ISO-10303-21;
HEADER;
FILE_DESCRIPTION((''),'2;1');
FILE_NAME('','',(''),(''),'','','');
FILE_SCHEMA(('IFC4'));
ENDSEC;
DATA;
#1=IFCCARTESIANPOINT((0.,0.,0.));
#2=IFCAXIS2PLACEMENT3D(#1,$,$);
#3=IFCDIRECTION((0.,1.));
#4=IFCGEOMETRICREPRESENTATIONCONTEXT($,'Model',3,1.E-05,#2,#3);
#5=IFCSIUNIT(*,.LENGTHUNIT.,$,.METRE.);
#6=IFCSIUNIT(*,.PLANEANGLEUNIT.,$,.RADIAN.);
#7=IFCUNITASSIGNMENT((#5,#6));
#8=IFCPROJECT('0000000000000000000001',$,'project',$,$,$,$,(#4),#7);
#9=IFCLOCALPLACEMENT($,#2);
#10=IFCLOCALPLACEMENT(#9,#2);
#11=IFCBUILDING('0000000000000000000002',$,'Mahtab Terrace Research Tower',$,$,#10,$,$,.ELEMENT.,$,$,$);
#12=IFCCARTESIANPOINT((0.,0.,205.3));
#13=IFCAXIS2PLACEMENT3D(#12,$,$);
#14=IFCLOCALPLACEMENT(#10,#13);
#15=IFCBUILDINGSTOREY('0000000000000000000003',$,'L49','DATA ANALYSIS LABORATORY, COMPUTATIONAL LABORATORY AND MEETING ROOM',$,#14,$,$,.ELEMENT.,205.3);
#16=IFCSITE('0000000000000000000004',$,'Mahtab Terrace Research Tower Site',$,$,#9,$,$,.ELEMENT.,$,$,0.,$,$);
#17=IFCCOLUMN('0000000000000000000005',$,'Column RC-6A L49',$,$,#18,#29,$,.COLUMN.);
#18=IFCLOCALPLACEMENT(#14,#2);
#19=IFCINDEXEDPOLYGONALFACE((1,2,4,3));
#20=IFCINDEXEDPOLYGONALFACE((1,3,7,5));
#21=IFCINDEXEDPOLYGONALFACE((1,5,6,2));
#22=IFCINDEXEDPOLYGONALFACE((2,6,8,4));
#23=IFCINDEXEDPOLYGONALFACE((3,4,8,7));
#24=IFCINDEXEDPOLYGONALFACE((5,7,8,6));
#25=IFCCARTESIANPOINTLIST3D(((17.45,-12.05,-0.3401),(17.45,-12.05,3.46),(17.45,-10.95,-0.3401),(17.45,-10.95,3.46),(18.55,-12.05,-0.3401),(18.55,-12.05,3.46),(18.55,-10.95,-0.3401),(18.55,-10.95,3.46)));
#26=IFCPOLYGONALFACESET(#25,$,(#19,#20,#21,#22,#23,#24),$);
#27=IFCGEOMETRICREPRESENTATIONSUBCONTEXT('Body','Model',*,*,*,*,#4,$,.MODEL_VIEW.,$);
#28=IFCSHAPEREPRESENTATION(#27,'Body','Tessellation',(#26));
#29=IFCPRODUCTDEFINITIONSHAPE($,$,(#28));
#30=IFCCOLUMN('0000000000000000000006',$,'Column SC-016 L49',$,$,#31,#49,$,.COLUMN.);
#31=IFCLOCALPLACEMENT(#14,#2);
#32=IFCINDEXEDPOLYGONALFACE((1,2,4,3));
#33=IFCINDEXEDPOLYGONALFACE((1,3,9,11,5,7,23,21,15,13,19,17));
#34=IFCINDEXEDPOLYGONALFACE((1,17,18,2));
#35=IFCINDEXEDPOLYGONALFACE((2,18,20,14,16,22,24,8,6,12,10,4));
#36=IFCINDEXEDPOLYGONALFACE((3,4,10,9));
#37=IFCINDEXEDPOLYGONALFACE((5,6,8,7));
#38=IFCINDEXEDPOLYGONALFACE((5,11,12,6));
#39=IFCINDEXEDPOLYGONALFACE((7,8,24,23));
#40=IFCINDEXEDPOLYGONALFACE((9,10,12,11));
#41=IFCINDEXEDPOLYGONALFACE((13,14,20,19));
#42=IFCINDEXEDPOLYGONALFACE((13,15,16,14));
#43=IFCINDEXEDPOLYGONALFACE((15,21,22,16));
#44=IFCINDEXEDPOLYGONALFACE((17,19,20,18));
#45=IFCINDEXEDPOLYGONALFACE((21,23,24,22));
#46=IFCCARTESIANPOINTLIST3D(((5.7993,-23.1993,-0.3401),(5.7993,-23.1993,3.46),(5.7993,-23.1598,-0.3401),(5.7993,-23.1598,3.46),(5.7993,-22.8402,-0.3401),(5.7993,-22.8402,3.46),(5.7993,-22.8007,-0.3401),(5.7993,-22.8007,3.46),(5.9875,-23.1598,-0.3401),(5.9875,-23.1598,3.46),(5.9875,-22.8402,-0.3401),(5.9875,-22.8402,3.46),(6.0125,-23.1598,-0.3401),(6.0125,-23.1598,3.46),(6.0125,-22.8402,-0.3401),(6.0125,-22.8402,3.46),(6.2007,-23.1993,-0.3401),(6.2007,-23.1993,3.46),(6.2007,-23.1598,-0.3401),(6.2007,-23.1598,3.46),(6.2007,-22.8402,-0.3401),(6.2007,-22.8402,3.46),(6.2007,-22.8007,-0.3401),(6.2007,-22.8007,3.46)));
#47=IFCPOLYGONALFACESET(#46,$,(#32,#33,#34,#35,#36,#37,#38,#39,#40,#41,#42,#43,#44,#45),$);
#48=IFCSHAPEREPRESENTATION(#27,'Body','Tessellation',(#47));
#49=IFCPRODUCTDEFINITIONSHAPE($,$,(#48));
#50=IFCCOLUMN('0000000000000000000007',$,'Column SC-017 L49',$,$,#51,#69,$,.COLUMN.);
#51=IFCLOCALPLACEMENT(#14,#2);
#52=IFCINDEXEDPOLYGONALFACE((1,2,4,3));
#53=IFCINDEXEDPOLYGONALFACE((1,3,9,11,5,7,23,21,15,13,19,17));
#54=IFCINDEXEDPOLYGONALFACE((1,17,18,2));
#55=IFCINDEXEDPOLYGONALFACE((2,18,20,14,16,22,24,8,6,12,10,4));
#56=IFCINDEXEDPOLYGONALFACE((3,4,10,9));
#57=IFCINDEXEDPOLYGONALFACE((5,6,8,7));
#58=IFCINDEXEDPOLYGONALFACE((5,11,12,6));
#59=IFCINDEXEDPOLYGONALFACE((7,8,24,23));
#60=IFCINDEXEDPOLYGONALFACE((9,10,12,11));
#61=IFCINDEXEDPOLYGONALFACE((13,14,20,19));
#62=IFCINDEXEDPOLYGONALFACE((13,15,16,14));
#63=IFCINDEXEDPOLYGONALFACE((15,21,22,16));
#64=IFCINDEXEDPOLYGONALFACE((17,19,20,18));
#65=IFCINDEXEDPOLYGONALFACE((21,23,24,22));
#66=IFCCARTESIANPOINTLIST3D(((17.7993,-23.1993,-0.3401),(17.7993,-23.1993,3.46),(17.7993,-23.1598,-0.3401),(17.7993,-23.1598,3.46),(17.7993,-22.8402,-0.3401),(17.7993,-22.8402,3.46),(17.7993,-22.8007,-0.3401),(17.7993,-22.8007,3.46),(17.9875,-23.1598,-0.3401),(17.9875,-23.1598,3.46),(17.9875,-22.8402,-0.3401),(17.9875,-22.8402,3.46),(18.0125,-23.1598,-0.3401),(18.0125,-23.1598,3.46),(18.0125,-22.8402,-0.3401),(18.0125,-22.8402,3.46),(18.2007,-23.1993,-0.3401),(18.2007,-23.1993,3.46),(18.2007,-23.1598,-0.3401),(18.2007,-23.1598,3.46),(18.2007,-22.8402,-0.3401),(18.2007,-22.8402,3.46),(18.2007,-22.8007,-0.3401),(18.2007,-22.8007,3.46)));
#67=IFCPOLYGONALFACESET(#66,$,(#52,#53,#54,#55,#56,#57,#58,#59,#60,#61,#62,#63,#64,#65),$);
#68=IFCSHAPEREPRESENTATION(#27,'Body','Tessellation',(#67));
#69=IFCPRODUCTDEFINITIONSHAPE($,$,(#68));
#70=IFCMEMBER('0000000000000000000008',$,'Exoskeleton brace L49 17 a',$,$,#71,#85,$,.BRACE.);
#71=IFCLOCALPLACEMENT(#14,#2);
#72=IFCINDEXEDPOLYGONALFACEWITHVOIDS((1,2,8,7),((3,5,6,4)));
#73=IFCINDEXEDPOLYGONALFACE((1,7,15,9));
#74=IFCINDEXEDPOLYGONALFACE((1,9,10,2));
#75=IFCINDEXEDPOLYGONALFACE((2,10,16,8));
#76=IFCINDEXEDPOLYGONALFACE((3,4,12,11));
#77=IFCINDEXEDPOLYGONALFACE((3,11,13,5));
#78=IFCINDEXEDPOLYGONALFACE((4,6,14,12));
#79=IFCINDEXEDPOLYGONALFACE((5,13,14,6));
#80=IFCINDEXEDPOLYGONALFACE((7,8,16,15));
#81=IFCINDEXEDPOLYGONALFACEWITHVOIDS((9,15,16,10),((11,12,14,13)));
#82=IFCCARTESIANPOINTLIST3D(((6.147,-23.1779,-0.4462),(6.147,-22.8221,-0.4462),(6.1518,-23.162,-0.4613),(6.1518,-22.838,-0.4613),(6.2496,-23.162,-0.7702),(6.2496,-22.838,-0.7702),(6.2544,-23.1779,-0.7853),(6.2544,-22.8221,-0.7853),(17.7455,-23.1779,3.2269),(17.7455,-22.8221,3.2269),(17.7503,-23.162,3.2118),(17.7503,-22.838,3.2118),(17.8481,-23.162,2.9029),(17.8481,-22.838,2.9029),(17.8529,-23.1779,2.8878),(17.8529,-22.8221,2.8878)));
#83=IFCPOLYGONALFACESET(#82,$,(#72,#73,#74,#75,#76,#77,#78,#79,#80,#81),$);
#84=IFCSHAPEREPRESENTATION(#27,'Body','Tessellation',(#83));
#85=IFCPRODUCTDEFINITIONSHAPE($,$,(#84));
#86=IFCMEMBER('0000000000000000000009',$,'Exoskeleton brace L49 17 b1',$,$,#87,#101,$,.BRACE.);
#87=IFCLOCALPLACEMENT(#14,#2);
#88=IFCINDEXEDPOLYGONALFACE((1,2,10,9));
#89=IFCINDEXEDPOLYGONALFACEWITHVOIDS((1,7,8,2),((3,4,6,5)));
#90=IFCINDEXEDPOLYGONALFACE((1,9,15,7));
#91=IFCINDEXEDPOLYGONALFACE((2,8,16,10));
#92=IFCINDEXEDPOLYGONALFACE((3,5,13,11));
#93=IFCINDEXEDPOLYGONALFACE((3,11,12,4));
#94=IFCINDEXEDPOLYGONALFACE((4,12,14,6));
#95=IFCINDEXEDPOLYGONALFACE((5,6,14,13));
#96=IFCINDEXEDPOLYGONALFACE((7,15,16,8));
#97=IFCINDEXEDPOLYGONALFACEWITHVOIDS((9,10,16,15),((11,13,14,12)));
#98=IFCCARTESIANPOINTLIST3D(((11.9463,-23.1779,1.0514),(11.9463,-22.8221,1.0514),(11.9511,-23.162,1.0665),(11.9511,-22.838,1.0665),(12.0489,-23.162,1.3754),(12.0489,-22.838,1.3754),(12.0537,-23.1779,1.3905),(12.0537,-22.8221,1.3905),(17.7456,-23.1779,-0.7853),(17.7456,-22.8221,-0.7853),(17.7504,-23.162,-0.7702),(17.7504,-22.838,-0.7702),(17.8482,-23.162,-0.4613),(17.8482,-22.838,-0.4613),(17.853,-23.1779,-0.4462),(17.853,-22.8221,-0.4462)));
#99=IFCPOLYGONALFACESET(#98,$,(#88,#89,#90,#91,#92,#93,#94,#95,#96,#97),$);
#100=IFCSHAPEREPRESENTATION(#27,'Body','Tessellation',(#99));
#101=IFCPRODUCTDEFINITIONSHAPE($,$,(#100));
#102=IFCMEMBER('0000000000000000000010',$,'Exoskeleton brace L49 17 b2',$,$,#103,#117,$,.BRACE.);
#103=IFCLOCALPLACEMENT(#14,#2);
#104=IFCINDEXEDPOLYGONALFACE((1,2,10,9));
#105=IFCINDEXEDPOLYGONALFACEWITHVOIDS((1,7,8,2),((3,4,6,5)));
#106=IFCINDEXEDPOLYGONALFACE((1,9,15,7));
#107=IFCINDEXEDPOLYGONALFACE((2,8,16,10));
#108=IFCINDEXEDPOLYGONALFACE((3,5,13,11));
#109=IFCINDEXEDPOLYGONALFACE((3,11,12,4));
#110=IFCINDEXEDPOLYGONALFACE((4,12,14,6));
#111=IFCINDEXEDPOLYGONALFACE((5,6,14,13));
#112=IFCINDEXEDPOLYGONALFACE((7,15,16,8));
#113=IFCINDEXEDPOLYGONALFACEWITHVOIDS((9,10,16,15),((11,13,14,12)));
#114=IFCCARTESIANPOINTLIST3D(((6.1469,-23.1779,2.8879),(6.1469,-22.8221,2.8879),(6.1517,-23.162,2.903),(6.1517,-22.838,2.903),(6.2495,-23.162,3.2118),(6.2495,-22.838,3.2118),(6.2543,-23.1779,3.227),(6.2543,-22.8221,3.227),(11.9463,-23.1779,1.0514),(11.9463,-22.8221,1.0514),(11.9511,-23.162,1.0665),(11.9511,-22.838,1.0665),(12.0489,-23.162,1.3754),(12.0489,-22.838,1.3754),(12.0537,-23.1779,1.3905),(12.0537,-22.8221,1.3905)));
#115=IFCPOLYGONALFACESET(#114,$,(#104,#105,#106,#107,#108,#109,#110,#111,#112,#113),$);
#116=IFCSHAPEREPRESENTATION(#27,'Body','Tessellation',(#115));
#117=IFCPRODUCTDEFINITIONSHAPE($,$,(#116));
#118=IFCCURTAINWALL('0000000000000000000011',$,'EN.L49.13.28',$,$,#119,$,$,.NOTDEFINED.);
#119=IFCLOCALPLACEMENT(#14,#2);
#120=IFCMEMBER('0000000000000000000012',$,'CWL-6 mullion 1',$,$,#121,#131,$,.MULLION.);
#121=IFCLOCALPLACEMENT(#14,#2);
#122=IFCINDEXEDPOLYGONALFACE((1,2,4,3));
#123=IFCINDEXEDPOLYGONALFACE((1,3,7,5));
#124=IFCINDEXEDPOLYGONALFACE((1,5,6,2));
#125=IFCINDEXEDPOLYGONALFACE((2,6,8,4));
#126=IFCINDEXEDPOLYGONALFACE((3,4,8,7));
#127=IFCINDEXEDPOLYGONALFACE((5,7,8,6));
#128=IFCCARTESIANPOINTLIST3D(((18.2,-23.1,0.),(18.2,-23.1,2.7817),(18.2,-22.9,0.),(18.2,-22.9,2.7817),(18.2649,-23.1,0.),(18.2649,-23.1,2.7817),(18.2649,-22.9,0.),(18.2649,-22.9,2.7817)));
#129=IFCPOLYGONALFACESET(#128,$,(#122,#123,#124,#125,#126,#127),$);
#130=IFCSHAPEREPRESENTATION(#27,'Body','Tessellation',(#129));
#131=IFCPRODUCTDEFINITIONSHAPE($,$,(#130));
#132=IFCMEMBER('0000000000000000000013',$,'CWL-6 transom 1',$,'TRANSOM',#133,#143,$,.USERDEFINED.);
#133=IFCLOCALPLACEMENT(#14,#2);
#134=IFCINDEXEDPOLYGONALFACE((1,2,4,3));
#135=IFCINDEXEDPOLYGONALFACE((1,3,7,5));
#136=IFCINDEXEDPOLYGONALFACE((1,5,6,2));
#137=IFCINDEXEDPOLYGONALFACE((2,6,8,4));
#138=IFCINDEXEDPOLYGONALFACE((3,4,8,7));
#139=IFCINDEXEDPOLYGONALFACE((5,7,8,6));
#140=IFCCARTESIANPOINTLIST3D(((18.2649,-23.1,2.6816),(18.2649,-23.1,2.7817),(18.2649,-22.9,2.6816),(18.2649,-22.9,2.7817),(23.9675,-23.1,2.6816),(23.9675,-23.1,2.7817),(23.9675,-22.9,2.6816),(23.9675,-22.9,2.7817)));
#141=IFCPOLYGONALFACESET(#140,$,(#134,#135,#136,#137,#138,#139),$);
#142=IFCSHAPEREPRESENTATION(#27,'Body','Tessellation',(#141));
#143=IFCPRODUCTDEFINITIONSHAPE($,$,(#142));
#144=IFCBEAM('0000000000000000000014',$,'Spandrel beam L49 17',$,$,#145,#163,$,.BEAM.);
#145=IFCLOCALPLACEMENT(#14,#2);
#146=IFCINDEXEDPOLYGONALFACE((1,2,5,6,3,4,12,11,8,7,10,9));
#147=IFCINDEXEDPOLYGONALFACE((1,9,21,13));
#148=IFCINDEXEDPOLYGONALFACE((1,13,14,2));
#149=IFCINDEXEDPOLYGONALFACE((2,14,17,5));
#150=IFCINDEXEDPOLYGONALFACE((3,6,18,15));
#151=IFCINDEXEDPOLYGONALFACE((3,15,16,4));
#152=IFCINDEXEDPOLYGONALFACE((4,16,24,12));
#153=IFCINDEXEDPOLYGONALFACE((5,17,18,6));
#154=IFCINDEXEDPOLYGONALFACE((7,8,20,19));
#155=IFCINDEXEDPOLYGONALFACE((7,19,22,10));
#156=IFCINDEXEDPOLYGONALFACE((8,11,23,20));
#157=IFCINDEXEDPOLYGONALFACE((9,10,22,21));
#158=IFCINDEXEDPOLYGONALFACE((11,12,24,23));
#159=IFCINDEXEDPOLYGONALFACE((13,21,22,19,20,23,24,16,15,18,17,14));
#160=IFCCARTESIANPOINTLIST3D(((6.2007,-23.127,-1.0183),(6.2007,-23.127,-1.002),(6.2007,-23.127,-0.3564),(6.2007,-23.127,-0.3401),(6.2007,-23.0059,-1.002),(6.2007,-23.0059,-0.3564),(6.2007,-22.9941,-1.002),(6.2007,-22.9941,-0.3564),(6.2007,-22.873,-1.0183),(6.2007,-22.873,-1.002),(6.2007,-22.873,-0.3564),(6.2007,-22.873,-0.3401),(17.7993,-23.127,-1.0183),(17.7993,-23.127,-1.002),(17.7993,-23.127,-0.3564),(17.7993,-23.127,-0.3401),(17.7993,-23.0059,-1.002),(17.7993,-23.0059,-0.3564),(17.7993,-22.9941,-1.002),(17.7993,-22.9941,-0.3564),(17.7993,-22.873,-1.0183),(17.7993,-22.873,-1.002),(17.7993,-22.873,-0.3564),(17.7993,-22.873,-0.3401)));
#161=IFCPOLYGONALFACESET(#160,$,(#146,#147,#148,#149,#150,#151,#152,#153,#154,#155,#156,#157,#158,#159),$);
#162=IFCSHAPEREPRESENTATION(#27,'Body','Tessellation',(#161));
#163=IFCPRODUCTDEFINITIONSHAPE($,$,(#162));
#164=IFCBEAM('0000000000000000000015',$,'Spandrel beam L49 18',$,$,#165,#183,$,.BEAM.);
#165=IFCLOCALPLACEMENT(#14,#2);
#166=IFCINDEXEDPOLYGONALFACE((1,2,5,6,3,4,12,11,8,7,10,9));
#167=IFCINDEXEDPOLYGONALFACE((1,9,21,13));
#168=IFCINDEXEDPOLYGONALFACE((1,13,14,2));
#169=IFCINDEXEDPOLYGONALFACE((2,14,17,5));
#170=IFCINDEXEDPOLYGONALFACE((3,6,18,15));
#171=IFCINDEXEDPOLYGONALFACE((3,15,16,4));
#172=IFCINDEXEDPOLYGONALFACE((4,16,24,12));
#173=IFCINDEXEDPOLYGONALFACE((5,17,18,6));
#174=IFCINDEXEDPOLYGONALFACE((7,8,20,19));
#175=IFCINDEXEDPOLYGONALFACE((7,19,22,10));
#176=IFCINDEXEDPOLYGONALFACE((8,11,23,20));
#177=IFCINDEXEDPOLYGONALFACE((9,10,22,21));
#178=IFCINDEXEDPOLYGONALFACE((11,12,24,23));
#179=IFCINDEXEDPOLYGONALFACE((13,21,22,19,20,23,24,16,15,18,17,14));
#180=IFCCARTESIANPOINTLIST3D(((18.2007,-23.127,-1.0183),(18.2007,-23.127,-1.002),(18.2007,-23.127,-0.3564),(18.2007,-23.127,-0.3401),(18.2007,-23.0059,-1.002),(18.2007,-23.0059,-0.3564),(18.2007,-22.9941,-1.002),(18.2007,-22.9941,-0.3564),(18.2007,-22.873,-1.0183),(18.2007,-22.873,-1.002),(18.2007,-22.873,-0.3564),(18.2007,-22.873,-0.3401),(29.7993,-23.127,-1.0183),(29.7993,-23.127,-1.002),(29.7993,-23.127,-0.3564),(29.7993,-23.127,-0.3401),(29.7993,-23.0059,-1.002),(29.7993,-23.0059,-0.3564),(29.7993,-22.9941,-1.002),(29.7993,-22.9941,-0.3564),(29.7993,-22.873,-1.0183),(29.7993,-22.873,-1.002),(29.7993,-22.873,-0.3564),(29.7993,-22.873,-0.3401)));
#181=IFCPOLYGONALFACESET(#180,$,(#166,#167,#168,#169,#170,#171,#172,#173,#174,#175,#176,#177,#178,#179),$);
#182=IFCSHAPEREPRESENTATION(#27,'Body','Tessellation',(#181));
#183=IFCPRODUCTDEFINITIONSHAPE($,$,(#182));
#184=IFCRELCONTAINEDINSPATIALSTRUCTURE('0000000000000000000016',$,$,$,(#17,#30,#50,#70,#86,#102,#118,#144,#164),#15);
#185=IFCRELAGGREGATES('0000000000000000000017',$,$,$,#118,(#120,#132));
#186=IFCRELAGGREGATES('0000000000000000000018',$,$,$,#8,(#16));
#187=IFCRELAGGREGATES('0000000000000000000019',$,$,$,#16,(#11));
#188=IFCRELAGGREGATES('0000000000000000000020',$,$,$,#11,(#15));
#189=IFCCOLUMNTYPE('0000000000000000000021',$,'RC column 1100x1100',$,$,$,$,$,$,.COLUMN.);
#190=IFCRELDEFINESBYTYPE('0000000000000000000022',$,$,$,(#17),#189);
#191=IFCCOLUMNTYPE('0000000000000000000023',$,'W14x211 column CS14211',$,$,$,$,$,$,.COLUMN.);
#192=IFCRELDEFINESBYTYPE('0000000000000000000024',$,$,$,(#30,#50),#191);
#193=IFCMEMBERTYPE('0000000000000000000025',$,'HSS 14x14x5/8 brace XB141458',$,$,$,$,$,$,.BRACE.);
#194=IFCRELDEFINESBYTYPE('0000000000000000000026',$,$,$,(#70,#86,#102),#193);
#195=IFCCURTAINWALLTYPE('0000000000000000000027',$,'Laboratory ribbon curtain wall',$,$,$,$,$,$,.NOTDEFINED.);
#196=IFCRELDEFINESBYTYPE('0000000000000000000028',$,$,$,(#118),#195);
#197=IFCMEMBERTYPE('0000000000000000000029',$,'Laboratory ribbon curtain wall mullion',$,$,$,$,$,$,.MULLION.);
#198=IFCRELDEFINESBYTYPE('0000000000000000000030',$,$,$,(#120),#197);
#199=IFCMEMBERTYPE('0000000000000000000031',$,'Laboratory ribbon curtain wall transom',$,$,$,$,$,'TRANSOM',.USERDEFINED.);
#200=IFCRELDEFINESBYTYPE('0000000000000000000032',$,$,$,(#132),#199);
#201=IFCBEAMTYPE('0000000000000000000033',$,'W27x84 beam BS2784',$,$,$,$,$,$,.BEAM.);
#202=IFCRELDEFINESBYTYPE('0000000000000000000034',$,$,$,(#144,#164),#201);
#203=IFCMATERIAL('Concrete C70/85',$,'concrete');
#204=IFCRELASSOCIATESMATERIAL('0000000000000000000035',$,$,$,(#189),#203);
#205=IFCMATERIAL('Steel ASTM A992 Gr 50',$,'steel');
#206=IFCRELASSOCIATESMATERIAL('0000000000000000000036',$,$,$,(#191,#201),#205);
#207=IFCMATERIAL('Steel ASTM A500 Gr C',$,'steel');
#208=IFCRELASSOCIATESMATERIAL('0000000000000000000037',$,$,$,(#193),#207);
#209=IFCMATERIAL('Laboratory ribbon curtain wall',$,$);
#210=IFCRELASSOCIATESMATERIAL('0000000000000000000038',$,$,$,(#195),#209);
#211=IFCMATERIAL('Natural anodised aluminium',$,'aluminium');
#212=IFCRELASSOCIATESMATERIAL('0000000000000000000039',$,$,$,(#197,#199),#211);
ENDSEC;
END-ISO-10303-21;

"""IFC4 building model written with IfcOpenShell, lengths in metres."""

from ifc_helpers import new_model, si_unit, direction, frame, origin, origin_2d, place, context, subcontext, project, spatial, rectangle, hollow_rectangle, i_section, extrude, material, material_profile, profile_set, type_object, element, aggregate, save


model = new_model("IFC4")

# Units and contexts
model_context = context("Model", 3, precision=1e-05, world=origin(), true_north=direction((0.0, 1.0)))
body_context = subcontext(model_context, "Body", "Model", "MODEL_VIEW")
ifc_project = project(units=[si_unit("LENGTHUNIT", "METRE"), si_unit("PLANEANGLEUNIT", "RADIAN")], contexts=[model_context])

# Site, building, storey
site_placement = place(None, origin())
site = spatial("IfcSite", under=ifc_project, at=site_placement, Name="Mahtab Terrace Research Tower Site", CompositionType="ELEMENT", RefElevation=0.0)
building_placement = place(site_placement, origin())
building = spatial("IfcBuilding", under=site, at=building_placement, Name="Mahtab Terrace Research Tower", CompositionType="ELEMENT")
storey_placement = place(building_placement, frame((0.0, 0.0, 205.3)))
storey = spatial("IfcBuildingStorey", under=building, at=storey_placement, Name="L49", Description="DATA ANALYSIS LABORATORY, COMPUTATIONAL LABORATORY AND MEETING ROOM", CompositionType="ELEMENT", Elevation=205.3)

# Columns
ifc_material_1 = material(Name="Concrete C70/85", Category="concrete")
ifc_material_profile_1 = material_profile(ifc_material_1, rectangle(XDim=1.1001, YDim=1.1001, at=origin_2d()), Name="RC column 1100x1100")
ifc_profile_set_1 = profile_set([ifc_material_profile_1], Name="Concrete C70/85")
column_type_1 = type_object("IfcColumnType", Name="RC column 1100x1100", PredefinedType="COLUMN", material=ifc_profile_set_1)
column_placement = place(storey_placement, frame((18.0, -11.5, -0.3401), z_axis=(0.0, 0.0, 1.0), x_axis=(1.0, 0.0, 0.0)))
element("IfcColumn", 1, at=column_placement, inside=storey, type_object=column_type_1, Name="Column RC-6A L49", PredefinedType="COLUMN", context=body_context, shape_type="SweptSolid", body=[
    extrude(rectangle(XDim=1.1001, YDim=1.1001, at=origin_2d()), origin(), (0.0, 0.0, 1.0), 3.8),
])
ifc_material_2 = material(Name="Steel ASTM A992 Gr 50", Category="steel")
ifc_material_profile_2 = material_profile(ifc_material_2, i_section(OverallWidth=0.4014, OverallDepth=0.3987, WebThickness=0.0249, FlangeThickness=0.0396, at=origin_2d()), Name="W14X211")
ifc_profile_set_2 = profile_set([ifc_material_profile_2], Name="Steel ASTM A992 Gr 50")
column_type_2 = type_object("IfcColumnType", Name="W14x211 column CS14211", PredefinedType="COLUMN", material=ifc_profile_set_2)
for number, where, z_axis, x_axis, name in (
    (2, (6.0, -23.0, -0.3401), (0.0, 0.0, 1.0), (1.0, 0.0, 0.0), "Column SC-016 L49"),
    (3, (18.0, -23.0, -0.3401), (0.0, 0.0, 1.0), (1.0, 0.0, 0.0), "Column SC-017 L49"),
):
    element("IfcColumn", number, at=place(storey_placement, frame(where, z_axis=z_axis, x_axis=x_axis)), inside=storey, type_object=column_type_2, Name=name, PredefinedType="COLUMN", context=body_context, shape_type="SweptSolid", body=[
        extrude(i_section(OverallWidth=0.4014, OverallDepth=0.3987, WebThickness=0.0249, FlangeThickness=0.0396, at=origin_2d()), origin(), (0.0, 0.0, 1.0), 3.8),
    ])

# Members
ifc_material_3 = material(Name="Steel ASTM A500 Gr C", Category="steel")
ifc_material_profile_3 = material_profile(ifc_material_3, hollow_rectangle(XDim=0.3557, YDim=0.3557, WallThickness=0.0159, at=origin_2d()), Name="HSS14X14X5/8")
ifc_profile_set_3 = profile_set([ifc_material_profile_3], Name="Steel ASTM A500 Gr C")
member_type_1 = type_object("IfcMemberType", Name="HSS 14x14x5/8 brace XB141458", PredefinedType="BRACE", material=ifc_profile_set_3)
member_1_placement = place(storey_placement, frame((6.2007, -23.0, -0.6157), z_axis=(0.953338, 0.0, 0.301906), x_axis=(0.0, 1.0, 0.0)))
element("IfcMember", 4, at=member_1_placement, inside=storey, type_object=member_type_1, Name="Exoskeleton brace L49 17 a", PredefinedType="BRACE", context=body_context, shape_type="SweptSolid", body=[
    extrude(hollow_rectangle(XDim=0.3557, YDim=0.3557, WallThickness=0.0159, at=origin_2d()), origin(), (0.0, 0.0, 1.0), 12.1663),
])
for number, where, z_axis, x_axis, name in (
    (5, (17.7993, -23.0, -0.6157), (-0.953332, 0.0, 0.301925), (0.0, -1.0, 0.0), "Exoskeleton brace L49 17 b1"),
    (6, (12.0, -23.0, 1.2209), (-0.953343, 0.0, 0.301888), (0.0, -1.0, 0.0), "Exoskeleton brace L49 17 b2"),
):
    element("IfcMember", number, at=place(storey_placement, frame(where, z_axis=z_axis, x_axis=x_axis)), inside=storey, type_object=member_type_1, Name=name, PredefinedType="BRACE", context=body_context, shape_type="SweptSolid", body=[
        extrude(hollow_rectangle(XDim=0.3557, YDim=0.3557, WallThickness=0.0159, at=origin_2d()), origin(), (0.0, 0.0, 1.0), 6.0833),
    ])

# Curtain wall, members
ifc_material_4 = material(Name="Laboratory ribbon curtain wall")
curtain_wall_type = type_object("IfcCurtainWallType", Name="Laboratory ribbon curtain wall", PredefinedType="NOTDEFINED", material=ifc_material_4)
curtain_wall_placement = place(storey_placement, origin())
curtain_wall = element("IfcCurtainWall", 7, at=curtain_wall_placement, inside=storey, type_object=curtain_wall_type, Name="EN.L49.13.28", PredefinedType="NOTDEFINED")
ifc_material_5 = material(Name="Natural anodised aluminium", Category="aluminium")
ifc_material_profile_4 = material_profile(ifc_material_5, rectangle(XDim=0.2, YDim=0.0649, at=origin_2d()), Name="MULLION 65x200")
ifc_profile_set_4 = profile_set([ifc_material_profile_4], Name="Natural anodised aluminium")
member_type_2 = type_object("IfcMemberType", Name="Laboratory ribbon curtain wall mullion", PredefinedType="MULLION", material=ifc_profile_set_4)
member_2_placement = place(storey_placement, frame((18.2324, -23.0, 0.0), z_axis=(0.0, 0.0, 1.0), x_axis=(0.0, 1.0, 0.0)))
member_2 = element("IfcMember", 8, at=member_2_placement, type_object=member_type_2, Name="CWL-6 mullion 1", PredefinedType="MULLION", context=body_context, shape_type="SweptSolid", body=[
    extrude(rectangle(XDim=0.2, YDim=0.0649, at=origin_2d()), origin(), (0.0, 0.0, 1.0), 2.7817),
])
ifc_material_profile_5 = material_profile(ifc_material_5, rectangle(XDim=0.2, YDim=0.1001, at=origin_2d()), Name="TRANSOM 100x200")
ifc_profile_set_5 = profile_set([ifc_material_profile_5], Name="Natural anodised aluminium")
member_type_3 = type_object("IfcMemberType", Name="Laboratory ribbon curtain wall transom", ElementType="TRANSOM", PredefinedType="USERDEFINED", material=ifc_profile_set_5)
member_3_placement = place(storey_placement, frame((18.2649, -23.0, 2.7317), z_axis=(1.0, 0.0, 0.0), x_axis=(0.0, 1.0, 0.0)))
member_3 = element("IfcMember", 9, at=member_3_placement, type_object=member_type_3, Name="CWL-6 transom 1", ObjectType="TRANSOM", PredefinedType="USERDEFINED", context=body_context, shape_type="SweptSolid", body=[
    extrude(rectangle(XDim=0.2, YDim=0.1001, at=origin_2d()), origin(), (0.0, 0.0, 1.0), 5.7026),
])
aggregate(curtain_wall, [member_2, member_3])

# Beams
ifc_material_profile_6 = material_profile(ifc_material_2, i_section(OverallWidth=0.2539, OverallDepth=0.6782, WebThickness=0.0117, FlangeThickness=0.0164, at=origin_2d()), Name="W27X84")
ifc_profile_set_6 = profile_set([ifc_material_profile_6], Name="Steel ASTM A992 Gr 50")
beam_type = type_object("IfcBeamType", Name="W27x84 beam BS2784", PredefinedType="BEAM", material=ifc_profile_set_6)
for number, where, z_axis, x_axis, name in (
    (10, (6.2007, -23.0, -0.6792), (1.0, 0.0, 0.0), (0.0, 1.0, 0.0), "Spandrel beam L49 17"),
    (11, (18.2007, -23.0, -0.6792), (1.0, 0.0, 0.0), (0.0, 1.0, 0.0), "Spandrel beam L49 18"),
):
    element("IfcBeam", number, at=place(storey_placement, frame(where, z_axis=z_axis, x_axis=x_axis)), inside=storey, type_object=beam_type, Name=name, PredefinedType="BEAM", context=body_context, shape_type="SweptSolid", body=[
        extrude(i_section(OverallWidth=0.2539, OverallDepth=0.6782, WebThickness=0.0117, FlangeThickness=0.0164, at=origin_2d()), origin(), (0.0, 0.0, 1.0), 11.5986),
    ])

save(model, "model.ifc")
